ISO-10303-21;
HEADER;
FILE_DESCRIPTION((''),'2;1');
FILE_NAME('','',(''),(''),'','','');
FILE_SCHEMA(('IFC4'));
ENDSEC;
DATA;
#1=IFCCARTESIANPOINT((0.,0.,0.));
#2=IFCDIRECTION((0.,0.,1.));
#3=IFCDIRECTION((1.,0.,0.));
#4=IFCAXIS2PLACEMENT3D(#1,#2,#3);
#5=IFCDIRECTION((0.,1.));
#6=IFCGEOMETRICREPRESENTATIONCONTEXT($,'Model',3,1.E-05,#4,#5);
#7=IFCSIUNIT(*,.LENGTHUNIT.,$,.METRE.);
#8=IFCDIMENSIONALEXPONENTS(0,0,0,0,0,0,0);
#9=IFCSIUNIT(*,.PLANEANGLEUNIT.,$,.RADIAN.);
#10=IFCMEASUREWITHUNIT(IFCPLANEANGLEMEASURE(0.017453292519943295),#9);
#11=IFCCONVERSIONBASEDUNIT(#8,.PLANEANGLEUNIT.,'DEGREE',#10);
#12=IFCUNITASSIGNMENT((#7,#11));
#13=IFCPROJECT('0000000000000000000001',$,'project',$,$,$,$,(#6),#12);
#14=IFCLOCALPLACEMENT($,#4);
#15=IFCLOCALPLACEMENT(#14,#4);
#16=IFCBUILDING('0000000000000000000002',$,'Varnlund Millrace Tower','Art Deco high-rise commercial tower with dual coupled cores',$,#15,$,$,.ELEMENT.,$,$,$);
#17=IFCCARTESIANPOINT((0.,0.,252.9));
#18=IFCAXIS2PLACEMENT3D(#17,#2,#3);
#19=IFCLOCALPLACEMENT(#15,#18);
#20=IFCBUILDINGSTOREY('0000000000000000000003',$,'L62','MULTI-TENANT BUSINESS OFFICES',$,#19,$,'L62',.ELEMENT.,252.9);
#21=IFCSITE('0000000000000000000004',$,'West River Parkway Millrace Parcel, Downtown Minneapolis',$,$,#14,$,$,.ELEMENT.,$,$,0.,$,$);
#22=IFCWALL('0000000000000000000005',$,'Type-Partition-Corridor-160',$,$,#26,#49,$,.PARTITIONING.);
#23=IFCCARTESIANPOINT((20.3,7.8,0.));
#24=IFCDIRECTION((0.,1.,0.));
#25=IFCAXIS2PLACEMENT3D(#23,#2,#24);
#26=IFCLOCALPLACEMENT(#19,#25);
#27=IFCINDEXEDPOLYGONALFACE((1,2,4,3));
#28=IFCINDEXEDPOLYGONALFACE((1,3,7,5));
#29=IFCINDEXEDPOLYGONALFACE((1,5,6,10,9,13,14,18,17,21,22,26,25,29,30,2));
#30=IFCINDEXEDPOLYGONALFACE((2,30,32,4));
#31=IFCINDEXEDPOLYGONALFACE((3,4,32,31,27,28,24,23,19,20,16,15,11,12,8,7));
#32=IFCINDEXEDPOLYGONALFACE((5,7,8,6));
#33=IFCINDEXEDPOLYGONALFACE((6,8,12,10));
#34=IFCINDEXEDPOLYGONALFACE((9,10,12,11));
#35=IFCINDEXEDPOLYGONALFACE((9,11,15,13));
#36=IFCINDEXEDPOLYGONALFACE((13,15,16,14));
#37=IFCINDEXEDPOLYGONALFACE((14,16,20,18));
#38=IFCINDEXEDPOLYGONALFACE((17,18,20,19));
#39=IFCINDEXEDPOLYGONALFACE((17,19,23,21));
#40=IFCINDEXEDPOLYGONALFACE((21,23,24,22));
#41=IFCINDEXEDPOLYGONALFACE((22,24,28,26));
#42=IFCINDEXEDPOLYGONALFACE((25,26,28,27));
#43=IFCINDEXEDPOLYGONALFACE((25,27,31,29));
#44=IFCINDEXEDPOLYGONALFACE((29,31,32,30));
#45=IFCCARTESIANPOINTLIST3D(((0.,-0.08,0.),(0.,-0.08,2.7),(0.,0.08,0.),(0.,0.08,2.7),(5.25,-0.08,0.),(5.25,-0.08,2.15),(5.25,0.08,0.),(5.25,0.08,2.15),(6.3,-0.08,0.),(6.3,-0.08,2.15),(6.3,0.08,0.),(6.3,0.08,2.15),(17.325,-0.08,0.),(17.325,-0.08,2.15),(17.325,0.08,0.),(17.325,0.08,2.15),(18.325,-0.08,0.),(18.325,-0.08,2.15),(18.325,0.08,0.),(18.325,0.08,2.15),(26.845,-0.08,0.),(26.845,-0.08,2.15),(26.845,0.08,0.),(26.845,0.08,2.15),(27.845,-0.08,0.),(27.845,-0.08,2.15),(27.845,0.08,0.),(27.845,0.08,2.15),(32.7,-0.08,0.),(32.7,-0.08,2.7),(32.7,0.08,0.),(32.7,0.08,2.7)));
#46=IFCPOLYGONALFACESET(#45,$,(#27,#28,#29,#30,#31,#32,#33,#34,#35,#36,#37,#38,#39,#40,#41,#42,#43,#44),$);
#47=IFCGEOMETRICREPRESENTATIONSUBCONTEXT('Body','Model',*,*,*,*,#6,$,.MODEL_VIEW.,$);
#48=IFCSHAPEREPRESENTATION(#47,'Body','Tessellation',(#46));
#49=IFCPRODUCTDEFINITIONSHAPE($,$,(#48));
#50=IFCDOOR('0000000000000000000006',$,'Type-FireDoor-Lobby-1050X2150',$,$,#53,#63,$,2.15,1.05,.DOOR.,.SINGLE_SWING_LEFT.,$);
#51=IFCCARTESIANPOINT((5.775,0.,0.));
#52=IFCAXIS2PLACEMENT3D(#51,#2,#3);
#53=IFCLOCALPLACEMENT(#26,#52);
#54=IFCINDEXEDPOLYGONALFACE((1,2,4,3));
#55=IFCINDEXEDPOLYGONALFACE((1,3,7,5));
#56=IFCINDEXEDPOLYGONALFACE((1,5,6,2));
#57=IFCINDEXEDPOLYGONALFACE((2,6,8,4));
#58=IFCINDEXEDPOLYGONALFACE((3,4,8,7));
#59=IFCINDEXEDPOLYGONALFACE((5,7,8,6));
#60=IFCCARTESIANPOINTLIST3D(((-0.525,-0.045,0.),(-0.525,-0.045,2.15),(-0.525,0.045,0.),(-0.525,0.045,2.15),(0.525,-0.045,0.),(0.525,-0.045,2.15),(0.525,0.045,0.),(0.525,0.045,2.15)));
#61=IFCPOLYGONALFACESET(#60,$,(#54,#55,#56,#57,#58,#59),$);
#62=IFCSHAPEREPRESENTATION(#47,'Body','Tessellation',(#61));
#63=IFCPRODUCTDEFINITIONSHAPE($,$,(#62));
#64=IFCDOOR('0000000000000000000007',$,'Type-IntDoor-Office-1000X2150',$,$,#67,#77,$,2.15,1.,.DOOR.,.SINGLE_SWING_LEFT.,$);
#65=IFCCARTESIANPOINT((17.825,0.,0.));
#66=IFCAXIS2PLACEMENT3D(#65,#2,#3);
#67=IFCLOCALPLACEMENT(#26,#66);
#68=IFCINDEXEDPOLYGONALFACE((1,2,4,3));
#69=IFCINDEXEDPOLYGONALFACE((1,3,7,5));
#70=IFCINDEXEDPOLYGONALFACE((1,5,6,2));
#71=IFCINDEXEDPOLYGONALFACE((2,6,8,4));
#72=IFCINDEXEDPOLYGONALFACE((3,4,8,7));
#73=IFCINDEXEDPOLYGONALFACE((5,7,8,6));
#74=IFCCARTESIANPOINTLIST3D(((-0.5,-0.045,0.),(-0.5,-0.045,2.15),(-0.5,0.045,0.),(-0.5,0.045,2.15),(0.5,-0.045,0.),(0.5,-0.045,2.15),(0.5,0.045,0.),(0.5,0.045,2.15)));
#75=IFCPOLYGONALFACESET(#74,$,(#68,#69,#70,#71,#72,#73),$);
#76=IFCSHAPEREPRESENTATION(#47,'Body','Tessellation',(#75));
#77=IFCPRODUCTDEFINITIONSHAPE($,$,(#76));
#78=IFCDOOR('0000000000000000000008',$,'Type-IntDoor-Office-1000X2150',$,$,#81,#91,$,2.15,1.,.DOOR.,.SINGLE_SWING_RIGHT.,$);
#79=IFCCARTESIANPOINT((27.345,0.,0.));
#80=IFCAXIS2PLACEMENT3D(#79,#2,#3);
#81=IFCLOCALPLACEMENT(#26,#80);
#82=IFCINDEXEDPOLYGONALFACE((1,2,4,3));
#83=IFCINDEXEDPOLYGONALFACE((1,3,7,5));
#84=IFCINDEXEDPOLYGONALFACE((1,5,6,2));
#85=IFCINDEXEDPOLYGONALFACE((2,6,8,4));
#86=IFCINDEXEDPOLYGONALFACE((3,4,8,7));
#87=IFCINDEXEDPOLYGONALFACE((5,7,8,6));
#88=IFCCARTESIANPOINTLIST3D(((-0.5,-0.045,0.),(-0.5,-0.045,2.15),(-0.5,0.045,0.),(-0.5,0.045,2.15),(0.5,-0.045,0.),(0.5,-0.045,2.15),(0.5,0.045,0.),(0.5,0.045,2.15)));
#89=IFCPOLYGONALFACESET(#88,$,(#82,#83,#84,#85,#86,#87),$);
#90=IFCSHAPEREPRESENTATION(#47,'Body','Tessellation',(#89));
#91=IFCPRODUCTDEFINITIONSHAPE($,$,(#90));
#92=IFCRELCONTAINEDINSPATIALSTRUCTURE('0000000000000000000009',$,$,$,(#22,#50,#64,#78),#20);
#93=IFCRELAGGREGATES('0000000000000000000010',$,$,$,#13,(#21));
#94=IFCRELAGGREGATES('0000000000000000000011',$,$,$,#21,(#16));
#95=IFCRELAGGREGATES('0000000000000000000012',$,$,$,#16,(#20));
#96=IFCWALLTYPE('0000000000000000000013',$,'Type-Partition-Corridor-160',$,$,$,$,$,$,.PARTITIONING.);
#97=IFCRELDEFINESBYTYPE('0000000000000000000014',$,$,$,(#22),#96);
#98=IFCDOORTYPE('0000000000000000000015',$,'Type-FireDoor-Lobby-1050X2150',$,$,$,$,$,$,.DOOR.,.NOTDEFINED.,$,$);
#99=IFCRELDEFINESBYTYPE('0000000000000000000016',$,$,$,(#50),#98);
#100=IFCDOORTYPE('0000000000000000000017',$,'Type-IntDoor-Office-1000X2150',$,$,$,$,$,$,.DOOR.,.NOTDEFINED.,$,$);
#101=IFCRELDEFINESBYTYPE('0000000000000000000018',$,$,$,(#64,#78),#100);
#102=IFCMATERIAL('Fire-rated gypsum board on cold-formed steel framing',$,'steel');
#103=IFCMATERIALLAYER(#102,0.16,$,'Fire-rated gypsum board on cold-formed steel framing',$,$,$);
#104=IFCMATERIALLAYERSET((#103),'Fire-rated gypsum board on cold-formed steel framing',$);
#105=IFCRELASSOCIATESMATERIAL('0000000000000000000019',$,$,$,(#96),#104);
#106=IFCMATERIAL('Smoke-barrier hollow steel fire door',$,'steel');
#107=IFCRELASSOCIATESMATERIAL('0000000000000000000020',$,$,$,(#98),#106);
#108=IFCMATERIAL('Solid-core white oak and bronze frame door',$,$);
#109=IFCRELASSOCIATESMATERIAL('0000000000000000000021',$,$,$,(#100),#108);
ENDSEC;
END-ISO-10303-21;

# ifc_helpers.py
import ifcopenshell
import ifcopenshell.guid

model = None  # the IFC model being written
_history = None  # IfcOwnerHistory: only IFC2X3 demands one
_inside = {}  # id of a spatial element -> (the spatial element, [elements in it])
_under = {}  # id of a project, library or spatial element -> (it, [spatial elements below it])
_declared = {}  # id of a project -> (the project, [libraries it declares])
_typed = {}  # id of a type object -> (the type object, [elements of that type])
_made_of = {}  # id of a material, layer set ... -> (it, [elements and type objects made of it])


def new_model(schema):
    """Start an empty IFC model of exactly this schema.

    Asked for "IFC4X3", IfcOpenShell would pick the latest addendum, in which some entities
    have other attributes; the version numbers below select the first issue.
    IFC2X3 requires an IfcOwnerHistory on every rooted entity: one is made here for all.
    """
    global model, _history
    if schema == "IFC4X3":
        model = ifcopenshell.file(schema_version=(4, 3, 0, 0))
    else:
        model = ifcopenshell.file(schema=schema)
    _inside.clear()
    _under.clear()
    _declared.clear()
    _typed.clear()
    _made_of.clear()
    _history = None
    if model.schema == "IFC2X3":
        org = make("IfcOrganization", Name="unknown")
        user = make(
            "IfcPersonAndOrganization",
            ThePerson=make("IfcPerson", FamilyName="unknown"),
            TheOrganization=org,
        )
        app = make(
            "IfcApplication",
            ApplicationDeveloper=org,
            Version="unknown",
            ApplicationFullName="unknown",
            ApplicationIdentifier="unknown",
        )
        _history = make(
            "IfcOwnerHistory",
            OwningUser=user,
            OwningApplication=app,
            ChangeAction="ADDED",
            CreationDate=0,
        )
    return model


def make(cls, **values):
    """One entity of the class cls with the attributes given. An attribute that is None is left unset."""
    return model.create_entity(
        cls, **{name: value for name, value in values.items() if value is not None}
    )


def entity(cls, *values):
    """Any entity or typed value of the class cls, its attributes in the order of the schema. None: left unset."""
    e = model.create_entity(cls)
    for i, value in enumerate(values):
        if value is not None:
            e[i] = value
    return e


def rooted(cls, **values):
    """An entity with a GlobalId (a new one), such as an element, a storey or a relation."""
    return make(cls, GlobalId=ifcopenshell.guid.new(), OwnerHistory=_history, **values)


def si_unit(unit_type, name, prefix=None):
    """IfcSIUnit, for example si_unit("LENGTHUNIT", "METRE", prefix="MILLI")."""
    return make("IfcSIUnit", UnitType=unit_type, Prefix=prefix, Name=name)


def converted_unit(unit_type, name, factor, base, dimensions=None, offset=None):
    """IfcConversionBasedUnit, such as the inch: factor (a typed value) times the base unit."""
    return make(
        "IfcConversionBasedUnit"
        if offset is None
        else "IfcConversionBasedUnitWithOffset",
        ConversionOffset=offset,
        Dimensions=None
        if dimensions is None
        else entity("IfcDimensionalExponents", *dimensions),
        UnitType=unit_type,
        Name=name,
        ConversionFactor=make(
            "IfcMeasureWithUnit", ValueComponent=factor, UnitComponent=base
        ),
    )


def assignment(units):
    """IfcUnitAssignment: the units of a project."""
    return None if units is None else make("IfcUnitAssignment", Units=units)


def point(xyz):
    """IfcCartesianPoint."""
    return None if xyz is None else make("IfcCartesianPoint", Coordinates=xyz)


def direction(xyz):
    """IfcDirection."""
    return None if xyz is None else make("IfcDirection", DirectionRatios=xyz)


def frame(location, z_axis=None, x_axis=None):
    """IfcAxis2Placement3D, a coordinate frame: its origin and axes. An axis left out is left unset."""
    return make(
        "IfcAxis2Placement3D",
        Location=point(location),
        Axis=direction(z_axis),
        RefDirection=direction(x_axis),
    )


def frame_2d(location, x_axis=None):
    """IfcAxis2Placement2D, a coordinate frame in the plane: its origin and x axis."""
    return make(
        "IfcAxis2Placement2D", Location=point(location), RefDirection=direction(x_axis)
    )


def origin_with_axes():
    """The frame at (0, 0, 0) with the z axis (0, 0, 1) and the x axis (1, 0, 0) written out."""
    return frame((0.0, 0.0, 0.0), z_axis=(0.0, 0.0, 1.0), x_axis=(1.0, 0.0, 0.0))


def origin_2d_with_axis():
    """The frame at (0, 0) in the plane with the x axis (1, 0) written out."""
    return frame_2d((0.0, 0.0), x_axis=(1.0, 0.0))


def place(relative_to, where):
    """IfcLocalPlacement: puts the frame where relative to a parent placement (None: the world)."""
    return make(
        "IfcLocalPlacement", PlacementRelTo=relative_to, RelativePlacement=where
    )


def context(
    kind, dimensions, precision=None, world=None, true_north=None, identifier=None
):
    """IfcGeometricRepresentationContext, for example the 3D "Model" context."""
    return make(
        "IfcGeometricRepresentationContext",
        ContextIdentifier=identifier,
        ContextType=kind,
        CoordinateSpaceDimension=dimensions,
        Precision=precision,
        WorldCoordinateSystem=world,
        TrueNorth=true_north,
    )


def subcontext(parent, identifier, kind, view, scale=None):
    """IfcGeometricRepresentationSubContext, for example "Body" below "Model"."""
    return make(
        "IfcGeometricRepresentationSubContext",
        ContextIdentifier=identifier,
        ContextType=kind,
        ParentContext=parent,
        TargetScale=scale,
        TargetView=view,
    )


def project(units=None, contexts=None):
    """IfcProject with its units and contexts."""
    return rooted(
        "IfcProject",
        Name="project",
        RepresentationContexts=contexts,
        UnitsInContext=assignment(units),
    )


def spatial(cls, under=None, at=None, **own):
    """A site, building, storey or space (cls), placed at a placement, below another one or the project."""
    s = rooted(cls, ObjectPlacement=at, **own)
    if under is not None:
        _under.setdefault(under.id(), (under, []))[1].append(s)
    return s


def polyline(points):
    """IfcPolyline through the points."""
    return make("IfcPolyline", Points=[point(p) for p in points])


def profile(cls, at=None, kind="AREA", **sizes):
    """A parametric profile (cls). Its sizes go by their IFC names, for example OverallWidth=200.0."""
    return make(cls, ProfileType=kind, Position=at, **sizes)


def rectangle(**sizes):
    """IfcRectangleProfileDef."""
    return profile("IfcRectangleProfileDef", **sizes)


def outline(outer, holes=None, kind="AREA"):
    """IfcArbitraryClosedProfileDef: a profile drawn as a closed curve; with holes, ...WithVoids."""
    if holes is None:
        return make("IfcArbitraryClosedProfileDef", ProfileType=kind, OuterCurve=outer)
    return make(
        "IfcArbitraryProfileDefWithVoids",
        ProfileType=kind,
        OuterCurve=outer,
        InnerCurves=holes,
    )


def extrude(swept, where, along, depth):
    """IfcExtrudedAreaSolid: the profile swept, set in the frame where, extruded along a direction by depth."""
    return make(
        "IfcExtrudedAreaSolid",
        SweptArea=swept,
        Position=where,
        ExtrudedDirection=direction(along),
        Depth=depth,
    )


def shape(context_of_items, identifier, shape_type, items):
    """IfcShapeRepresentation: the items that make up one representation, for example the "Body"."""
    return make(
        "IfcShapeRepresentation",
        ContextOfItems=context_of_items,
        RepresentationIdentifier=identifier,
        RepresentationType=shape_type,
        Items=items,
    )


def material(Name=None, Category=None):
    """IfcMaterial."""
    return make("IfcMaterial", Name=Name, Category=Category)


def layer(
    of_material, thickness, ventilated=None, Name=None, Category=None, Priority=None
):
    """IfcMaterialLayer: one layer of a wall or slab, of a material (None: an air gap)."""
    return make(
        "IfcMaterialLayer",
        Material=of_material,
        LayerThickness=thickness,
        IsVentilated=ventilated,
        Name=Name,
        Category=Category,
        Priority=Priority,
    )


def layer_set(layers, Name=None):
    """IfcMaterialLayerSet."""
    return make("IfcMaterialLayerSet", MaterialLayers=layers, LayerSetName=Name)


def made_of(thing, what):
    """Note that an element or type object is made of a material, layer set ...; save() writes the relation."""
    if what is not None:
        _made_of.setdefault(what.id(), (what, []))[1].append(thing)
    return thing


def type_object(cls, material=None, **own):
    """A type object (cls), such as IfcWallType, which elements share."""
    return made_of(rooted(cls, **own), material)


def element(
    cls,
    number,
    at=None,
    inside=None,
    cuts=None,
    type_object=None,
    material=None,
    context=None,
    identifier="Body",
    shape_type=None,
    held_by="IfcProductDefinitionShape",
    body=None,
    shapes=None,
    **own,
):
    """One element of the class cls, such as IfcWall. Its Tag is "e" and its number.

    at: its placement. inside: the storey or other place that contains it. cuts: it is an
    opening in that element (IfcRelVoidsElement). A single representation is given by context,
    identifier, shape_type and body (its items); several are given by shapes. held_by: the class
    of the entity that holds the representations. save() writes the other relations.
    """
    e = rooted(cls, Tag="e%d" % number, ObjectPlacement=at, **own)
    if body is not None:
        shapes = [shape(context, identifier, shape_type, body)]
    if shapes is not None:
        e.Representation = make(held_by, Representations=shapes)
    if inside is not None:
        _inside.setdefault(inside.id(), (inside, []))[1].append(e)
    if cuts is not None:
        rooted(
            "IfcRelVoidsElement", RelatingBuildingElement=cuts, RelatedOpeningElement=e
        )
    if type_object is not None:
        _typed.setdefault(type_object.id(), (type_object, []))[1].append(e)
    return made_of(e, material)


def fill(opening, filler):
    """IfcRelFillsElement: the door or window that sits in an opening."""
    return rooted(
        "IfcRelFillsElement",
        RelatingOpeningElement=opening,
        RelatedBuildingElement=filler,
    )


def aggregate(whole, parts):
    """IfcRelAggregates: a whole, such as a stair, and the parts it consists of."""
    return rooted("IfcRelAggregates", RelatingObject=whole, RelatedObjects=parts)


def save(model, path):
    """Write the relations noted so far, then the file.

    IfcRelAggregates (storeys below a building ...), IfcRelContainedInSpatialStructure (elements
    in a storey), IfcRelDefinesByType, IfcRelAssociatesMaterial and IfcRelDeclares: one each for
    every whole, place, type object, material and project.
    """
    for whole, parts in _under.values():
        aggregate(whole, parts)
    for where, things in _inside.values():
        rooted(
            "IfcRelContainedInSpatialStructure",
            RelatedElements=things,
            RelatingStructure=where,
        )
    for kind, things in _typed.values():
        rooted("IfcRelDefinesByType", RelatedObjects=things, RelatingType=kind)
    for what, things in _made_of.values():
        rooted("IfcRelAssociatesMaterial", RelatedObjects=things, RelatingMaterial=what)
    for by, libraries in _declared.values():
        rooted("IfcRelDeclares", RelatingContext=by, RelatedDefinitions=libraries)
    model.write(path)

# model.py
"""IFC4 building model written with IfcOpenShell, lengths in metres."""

from ifc_helpers import new_model, entity, si_unit, converted_unit, direction, frame, origin_with_axes, origin_2d_with_axis, place, context, subcontext, project, spatial, polyline, rectangle, outline, extrude, material, layer, layer_set, type_object, element, fill, save


model = new_model("IFC4")

# Units and contexts
model_context = context("Model", 3, precision=1e-05, world=origin_with_axes(), true_north=direction((0.0, 1.0)))
body_context = subcontext(model_context, "Body", "Model", "MODEL_VIEW")
ifc_project = project(units=[si_unit("LENGTHUNIT", "METRE"), converted_unit("PLANEANGLEUNIT", "DEGREE", entity("IfcPlaneAngleMeasure", 0.017453292519943295), si_unit("PLANEANGLEUNIT", "RADIAN"), dimensions=[0, 0, 0, 0, 0, 0, 0])], contexts=[model_context])

# Site, building, storey
site_placement = place(None, origin_with_axes())
site = spatial("IfcSite", under=ifc_project, at=site_placement, Name="West River Parkway Millrace Parcel, Downtown Minneapolis", CompositionType="ELEMENT", RefElevation=0.0)
building_placement = place(site_placement, origin_with_axes())
building = spatial("IfcBuilding", under=site, at=building_placement, Name="Varnlund Millrace Tower", Description="Art Deco high-rise commercial tower with dual coupled cores", CompositionType="ELEMENT")
storey_placement = place(building_placement, frame((0.0, 0.0, 252.9), z_axis=(0.0, 0.0, 1.0), x_axis=(1.0, 0.0, 0.0)))
storey = spatial("IfcBuildingStorey", under=building, at=storey_placement, Name="L62", Description="MULTI-TENANT BUSINESS OFFICES", LongName="L62", CompositionType="ELEMENT", Elevation=252.9)

# Wall, openings, doors
ifc_material_1 = material(Name="Fire-rated gypsum board on cold-formed steel framing", Category="steel")
ifc_layer_1 = layer(ifc_material_1, 0.16, Name="Fire-rated gypsum board on cold-formed steel framing")
ifc_layer_set_1 = layer_set([ifc_layer_1], Name="Fire-rated gypsum board on cold-formed steel framing")
wall_type_1 = type_object("IfcWallType", Name="Type-Partition-Corridor-160", PredefinedType="PARTITIONING", material=ifc_layer_set_1)
wall_1_placement = place(storey_placement, frame((20.3, 7.8, 0.0), z_axis=(0.0, 0.0, 1.0), x_axis=(0.0, 1.0, 0.0)))
wall_1 = element("IfcWall", 1, at=wall_1_placement, inside=storey, type_object=wall_type_1, Name="Type-Partition-Corridor-160", PredefinedType="PARTITIONING", context=body_context, shape_type="SweptSolid", body=[
    extrude(outline(polyline([(0.0, -0.08), (32.7, -0.08), (32.7, 0.08), (0.0, 0.08), (0.0, -0.08)])), origin_with_axes(), (0.0, 0.0, 1.0), 2.7),
])
opening_1_placement = place(wall_1_placement, frame((17.825, 0.0, 0.0), z_axis=(0.0, 0.0, 1.0), x_axis=(1.0, 0.0, 0.0)))
opening_1 = element("IfcOpeningElement", 2, at=opening_1_placement, cuts=wall_1, PredefinedType="OPENING", context=body_context, shape_type="SweptSolid", body=[
    extrude(rectangle(XDim=1.0, YDim=0.18, at=origin_2d_with_axis()), origin_with_axes(), (0.0, 0.0, 1.0), 2.15),
])
opening_2_placement = place(wall_1_placement, frame((27.345, 0.0, 0.0), z_axis=(0.0, 0.0, 1.0), x_axis=(1.0, 0.0, 0.0)))
opening_2 = element("IfcOpeningElement", 3, at=opening_2_placement, cuts=wall_1, PredefinedType="OPENING", context=body_context, shape_type="SweptSolid", body=[
    extrude(rectangle(XDim=1.0, YDim=0.18, at=origin_2d_with_axis()), origin_with_axes(), (0.0, 0.0, 1.0), 2.15),
])
opening_3_placement = place(wall_1_placement, frame((5.775, 0.0, 0.0), z_axis=(0.0, 0.0, 1.0), x_axis=(1.0, 0.0, 0.0)))
opening_3 = element("IfcOpeningElement", 4, at=opening_3_placement, cuts=wall_1, PredefinedType="OPENING", context=body_context, shape_type="SweptSolid", body=[
    extrude(rectangle(XDim=1.05, YDim=0.18, at=origin_2d_with_axis()), origin_with_axes(), (0.0, 0.0, 1.0), 2.15),
])
ifc_material_2 = material(Name="Smoke-barrier hollow steel fire door", Category="steel")
door_type_1 = type_object("IfcDoorType", Name="Type-FireDoor-Lobby-1050X2150", OperationType="NOTDEFINED", PredefinedType="DOOR", material=ifc_material_2)
door_1_placement = place(wall_1_placement, frame((5.775, 0.0, 0.0), z_axis=(0.0, 0.0, 1.0), x_axis=(1.0, 0.0, 0.0)))
door_1 = element("IfcDoor", 5, at=door_1_placement, inside=storey, type_object=door_type_1, Name="Type-FireDoor-Lobby-1050X2150", OperationType="SINGLE_SWING_LEFT", OverallHeight=2.15, OverallWidth=1.05, PredefinedType="DOOR", context=body_context, shape_type="SweptSolid", body=[
    extrude(rectangle(XDim=1.05, YDim=0.09, at=origin_2d_with_axis()), origin_with_axes(), (0.0, 0.0, 1.0), 2.15),
])
fill(opening_3, door_1)
ifc_material_3 = material(Name="Solid-core white oak and bronze frame door")
door_type_2 = type_object("IfcDoorType", Name="Type-IntDoor-Office-1000X2150", OperationType="NOTDEFINED", PredefinedType="DOOR", material=ifc_material_3)
door_2_placement = place(wall_1_placement, frame((17.825, 0.0, 0.0), z_axis=(0.0, 0.0, 1.0), x_axis=(1.0, 0.0, 0.0)))
door_2 = element("IfcDoor", 6, at=door_2_placement, inside=storey, type_object=door_type_2, Name="Type-IntDoor-Office-1000X2150", OperationType="SINGLE_SWING_LEFT", OverallHeight=2.15, OverallWidth=1.0, PredefinedType="DOOR", context=body_context, shape_type="SweptSolid", body=[
    extrude(rectangle(XDim=1.0, YDim=0.09, at=origin_2d_with_axis()), origin_with_axes(), (0.0, 0.0, 1.0), 2.15),
])
fill(opening_1, door_2)
door_3_placement = place(wall_1_placement, frame((27.345, 0.0, 0.0), z_axis=(0.0, 0.0, 1.0), x_axis=(1.0, 0.0, 0.0)))
door_3 = element("IfcDoor", 7, at=door_3_placement, inside=storey, type_object=door_type_2, Name="Type-IntDoor-Office-1000X2150", OperationType="SINGLE_SWING_RIGHT", OverallHeight=2.15, OverallWidth=1.0, PredefinedType="DOOR", context=body_context, shape_type="SweptSolid", body=[
    extrude(rectangle(XDim=1.0, YDim=0.09, at=origin_2d_with_axis()), origin_with_axes(), (0.0, 0.0, 1.0), 2.15),
])
fill(opening_2, door_3)

save(model, "model.ifc")
